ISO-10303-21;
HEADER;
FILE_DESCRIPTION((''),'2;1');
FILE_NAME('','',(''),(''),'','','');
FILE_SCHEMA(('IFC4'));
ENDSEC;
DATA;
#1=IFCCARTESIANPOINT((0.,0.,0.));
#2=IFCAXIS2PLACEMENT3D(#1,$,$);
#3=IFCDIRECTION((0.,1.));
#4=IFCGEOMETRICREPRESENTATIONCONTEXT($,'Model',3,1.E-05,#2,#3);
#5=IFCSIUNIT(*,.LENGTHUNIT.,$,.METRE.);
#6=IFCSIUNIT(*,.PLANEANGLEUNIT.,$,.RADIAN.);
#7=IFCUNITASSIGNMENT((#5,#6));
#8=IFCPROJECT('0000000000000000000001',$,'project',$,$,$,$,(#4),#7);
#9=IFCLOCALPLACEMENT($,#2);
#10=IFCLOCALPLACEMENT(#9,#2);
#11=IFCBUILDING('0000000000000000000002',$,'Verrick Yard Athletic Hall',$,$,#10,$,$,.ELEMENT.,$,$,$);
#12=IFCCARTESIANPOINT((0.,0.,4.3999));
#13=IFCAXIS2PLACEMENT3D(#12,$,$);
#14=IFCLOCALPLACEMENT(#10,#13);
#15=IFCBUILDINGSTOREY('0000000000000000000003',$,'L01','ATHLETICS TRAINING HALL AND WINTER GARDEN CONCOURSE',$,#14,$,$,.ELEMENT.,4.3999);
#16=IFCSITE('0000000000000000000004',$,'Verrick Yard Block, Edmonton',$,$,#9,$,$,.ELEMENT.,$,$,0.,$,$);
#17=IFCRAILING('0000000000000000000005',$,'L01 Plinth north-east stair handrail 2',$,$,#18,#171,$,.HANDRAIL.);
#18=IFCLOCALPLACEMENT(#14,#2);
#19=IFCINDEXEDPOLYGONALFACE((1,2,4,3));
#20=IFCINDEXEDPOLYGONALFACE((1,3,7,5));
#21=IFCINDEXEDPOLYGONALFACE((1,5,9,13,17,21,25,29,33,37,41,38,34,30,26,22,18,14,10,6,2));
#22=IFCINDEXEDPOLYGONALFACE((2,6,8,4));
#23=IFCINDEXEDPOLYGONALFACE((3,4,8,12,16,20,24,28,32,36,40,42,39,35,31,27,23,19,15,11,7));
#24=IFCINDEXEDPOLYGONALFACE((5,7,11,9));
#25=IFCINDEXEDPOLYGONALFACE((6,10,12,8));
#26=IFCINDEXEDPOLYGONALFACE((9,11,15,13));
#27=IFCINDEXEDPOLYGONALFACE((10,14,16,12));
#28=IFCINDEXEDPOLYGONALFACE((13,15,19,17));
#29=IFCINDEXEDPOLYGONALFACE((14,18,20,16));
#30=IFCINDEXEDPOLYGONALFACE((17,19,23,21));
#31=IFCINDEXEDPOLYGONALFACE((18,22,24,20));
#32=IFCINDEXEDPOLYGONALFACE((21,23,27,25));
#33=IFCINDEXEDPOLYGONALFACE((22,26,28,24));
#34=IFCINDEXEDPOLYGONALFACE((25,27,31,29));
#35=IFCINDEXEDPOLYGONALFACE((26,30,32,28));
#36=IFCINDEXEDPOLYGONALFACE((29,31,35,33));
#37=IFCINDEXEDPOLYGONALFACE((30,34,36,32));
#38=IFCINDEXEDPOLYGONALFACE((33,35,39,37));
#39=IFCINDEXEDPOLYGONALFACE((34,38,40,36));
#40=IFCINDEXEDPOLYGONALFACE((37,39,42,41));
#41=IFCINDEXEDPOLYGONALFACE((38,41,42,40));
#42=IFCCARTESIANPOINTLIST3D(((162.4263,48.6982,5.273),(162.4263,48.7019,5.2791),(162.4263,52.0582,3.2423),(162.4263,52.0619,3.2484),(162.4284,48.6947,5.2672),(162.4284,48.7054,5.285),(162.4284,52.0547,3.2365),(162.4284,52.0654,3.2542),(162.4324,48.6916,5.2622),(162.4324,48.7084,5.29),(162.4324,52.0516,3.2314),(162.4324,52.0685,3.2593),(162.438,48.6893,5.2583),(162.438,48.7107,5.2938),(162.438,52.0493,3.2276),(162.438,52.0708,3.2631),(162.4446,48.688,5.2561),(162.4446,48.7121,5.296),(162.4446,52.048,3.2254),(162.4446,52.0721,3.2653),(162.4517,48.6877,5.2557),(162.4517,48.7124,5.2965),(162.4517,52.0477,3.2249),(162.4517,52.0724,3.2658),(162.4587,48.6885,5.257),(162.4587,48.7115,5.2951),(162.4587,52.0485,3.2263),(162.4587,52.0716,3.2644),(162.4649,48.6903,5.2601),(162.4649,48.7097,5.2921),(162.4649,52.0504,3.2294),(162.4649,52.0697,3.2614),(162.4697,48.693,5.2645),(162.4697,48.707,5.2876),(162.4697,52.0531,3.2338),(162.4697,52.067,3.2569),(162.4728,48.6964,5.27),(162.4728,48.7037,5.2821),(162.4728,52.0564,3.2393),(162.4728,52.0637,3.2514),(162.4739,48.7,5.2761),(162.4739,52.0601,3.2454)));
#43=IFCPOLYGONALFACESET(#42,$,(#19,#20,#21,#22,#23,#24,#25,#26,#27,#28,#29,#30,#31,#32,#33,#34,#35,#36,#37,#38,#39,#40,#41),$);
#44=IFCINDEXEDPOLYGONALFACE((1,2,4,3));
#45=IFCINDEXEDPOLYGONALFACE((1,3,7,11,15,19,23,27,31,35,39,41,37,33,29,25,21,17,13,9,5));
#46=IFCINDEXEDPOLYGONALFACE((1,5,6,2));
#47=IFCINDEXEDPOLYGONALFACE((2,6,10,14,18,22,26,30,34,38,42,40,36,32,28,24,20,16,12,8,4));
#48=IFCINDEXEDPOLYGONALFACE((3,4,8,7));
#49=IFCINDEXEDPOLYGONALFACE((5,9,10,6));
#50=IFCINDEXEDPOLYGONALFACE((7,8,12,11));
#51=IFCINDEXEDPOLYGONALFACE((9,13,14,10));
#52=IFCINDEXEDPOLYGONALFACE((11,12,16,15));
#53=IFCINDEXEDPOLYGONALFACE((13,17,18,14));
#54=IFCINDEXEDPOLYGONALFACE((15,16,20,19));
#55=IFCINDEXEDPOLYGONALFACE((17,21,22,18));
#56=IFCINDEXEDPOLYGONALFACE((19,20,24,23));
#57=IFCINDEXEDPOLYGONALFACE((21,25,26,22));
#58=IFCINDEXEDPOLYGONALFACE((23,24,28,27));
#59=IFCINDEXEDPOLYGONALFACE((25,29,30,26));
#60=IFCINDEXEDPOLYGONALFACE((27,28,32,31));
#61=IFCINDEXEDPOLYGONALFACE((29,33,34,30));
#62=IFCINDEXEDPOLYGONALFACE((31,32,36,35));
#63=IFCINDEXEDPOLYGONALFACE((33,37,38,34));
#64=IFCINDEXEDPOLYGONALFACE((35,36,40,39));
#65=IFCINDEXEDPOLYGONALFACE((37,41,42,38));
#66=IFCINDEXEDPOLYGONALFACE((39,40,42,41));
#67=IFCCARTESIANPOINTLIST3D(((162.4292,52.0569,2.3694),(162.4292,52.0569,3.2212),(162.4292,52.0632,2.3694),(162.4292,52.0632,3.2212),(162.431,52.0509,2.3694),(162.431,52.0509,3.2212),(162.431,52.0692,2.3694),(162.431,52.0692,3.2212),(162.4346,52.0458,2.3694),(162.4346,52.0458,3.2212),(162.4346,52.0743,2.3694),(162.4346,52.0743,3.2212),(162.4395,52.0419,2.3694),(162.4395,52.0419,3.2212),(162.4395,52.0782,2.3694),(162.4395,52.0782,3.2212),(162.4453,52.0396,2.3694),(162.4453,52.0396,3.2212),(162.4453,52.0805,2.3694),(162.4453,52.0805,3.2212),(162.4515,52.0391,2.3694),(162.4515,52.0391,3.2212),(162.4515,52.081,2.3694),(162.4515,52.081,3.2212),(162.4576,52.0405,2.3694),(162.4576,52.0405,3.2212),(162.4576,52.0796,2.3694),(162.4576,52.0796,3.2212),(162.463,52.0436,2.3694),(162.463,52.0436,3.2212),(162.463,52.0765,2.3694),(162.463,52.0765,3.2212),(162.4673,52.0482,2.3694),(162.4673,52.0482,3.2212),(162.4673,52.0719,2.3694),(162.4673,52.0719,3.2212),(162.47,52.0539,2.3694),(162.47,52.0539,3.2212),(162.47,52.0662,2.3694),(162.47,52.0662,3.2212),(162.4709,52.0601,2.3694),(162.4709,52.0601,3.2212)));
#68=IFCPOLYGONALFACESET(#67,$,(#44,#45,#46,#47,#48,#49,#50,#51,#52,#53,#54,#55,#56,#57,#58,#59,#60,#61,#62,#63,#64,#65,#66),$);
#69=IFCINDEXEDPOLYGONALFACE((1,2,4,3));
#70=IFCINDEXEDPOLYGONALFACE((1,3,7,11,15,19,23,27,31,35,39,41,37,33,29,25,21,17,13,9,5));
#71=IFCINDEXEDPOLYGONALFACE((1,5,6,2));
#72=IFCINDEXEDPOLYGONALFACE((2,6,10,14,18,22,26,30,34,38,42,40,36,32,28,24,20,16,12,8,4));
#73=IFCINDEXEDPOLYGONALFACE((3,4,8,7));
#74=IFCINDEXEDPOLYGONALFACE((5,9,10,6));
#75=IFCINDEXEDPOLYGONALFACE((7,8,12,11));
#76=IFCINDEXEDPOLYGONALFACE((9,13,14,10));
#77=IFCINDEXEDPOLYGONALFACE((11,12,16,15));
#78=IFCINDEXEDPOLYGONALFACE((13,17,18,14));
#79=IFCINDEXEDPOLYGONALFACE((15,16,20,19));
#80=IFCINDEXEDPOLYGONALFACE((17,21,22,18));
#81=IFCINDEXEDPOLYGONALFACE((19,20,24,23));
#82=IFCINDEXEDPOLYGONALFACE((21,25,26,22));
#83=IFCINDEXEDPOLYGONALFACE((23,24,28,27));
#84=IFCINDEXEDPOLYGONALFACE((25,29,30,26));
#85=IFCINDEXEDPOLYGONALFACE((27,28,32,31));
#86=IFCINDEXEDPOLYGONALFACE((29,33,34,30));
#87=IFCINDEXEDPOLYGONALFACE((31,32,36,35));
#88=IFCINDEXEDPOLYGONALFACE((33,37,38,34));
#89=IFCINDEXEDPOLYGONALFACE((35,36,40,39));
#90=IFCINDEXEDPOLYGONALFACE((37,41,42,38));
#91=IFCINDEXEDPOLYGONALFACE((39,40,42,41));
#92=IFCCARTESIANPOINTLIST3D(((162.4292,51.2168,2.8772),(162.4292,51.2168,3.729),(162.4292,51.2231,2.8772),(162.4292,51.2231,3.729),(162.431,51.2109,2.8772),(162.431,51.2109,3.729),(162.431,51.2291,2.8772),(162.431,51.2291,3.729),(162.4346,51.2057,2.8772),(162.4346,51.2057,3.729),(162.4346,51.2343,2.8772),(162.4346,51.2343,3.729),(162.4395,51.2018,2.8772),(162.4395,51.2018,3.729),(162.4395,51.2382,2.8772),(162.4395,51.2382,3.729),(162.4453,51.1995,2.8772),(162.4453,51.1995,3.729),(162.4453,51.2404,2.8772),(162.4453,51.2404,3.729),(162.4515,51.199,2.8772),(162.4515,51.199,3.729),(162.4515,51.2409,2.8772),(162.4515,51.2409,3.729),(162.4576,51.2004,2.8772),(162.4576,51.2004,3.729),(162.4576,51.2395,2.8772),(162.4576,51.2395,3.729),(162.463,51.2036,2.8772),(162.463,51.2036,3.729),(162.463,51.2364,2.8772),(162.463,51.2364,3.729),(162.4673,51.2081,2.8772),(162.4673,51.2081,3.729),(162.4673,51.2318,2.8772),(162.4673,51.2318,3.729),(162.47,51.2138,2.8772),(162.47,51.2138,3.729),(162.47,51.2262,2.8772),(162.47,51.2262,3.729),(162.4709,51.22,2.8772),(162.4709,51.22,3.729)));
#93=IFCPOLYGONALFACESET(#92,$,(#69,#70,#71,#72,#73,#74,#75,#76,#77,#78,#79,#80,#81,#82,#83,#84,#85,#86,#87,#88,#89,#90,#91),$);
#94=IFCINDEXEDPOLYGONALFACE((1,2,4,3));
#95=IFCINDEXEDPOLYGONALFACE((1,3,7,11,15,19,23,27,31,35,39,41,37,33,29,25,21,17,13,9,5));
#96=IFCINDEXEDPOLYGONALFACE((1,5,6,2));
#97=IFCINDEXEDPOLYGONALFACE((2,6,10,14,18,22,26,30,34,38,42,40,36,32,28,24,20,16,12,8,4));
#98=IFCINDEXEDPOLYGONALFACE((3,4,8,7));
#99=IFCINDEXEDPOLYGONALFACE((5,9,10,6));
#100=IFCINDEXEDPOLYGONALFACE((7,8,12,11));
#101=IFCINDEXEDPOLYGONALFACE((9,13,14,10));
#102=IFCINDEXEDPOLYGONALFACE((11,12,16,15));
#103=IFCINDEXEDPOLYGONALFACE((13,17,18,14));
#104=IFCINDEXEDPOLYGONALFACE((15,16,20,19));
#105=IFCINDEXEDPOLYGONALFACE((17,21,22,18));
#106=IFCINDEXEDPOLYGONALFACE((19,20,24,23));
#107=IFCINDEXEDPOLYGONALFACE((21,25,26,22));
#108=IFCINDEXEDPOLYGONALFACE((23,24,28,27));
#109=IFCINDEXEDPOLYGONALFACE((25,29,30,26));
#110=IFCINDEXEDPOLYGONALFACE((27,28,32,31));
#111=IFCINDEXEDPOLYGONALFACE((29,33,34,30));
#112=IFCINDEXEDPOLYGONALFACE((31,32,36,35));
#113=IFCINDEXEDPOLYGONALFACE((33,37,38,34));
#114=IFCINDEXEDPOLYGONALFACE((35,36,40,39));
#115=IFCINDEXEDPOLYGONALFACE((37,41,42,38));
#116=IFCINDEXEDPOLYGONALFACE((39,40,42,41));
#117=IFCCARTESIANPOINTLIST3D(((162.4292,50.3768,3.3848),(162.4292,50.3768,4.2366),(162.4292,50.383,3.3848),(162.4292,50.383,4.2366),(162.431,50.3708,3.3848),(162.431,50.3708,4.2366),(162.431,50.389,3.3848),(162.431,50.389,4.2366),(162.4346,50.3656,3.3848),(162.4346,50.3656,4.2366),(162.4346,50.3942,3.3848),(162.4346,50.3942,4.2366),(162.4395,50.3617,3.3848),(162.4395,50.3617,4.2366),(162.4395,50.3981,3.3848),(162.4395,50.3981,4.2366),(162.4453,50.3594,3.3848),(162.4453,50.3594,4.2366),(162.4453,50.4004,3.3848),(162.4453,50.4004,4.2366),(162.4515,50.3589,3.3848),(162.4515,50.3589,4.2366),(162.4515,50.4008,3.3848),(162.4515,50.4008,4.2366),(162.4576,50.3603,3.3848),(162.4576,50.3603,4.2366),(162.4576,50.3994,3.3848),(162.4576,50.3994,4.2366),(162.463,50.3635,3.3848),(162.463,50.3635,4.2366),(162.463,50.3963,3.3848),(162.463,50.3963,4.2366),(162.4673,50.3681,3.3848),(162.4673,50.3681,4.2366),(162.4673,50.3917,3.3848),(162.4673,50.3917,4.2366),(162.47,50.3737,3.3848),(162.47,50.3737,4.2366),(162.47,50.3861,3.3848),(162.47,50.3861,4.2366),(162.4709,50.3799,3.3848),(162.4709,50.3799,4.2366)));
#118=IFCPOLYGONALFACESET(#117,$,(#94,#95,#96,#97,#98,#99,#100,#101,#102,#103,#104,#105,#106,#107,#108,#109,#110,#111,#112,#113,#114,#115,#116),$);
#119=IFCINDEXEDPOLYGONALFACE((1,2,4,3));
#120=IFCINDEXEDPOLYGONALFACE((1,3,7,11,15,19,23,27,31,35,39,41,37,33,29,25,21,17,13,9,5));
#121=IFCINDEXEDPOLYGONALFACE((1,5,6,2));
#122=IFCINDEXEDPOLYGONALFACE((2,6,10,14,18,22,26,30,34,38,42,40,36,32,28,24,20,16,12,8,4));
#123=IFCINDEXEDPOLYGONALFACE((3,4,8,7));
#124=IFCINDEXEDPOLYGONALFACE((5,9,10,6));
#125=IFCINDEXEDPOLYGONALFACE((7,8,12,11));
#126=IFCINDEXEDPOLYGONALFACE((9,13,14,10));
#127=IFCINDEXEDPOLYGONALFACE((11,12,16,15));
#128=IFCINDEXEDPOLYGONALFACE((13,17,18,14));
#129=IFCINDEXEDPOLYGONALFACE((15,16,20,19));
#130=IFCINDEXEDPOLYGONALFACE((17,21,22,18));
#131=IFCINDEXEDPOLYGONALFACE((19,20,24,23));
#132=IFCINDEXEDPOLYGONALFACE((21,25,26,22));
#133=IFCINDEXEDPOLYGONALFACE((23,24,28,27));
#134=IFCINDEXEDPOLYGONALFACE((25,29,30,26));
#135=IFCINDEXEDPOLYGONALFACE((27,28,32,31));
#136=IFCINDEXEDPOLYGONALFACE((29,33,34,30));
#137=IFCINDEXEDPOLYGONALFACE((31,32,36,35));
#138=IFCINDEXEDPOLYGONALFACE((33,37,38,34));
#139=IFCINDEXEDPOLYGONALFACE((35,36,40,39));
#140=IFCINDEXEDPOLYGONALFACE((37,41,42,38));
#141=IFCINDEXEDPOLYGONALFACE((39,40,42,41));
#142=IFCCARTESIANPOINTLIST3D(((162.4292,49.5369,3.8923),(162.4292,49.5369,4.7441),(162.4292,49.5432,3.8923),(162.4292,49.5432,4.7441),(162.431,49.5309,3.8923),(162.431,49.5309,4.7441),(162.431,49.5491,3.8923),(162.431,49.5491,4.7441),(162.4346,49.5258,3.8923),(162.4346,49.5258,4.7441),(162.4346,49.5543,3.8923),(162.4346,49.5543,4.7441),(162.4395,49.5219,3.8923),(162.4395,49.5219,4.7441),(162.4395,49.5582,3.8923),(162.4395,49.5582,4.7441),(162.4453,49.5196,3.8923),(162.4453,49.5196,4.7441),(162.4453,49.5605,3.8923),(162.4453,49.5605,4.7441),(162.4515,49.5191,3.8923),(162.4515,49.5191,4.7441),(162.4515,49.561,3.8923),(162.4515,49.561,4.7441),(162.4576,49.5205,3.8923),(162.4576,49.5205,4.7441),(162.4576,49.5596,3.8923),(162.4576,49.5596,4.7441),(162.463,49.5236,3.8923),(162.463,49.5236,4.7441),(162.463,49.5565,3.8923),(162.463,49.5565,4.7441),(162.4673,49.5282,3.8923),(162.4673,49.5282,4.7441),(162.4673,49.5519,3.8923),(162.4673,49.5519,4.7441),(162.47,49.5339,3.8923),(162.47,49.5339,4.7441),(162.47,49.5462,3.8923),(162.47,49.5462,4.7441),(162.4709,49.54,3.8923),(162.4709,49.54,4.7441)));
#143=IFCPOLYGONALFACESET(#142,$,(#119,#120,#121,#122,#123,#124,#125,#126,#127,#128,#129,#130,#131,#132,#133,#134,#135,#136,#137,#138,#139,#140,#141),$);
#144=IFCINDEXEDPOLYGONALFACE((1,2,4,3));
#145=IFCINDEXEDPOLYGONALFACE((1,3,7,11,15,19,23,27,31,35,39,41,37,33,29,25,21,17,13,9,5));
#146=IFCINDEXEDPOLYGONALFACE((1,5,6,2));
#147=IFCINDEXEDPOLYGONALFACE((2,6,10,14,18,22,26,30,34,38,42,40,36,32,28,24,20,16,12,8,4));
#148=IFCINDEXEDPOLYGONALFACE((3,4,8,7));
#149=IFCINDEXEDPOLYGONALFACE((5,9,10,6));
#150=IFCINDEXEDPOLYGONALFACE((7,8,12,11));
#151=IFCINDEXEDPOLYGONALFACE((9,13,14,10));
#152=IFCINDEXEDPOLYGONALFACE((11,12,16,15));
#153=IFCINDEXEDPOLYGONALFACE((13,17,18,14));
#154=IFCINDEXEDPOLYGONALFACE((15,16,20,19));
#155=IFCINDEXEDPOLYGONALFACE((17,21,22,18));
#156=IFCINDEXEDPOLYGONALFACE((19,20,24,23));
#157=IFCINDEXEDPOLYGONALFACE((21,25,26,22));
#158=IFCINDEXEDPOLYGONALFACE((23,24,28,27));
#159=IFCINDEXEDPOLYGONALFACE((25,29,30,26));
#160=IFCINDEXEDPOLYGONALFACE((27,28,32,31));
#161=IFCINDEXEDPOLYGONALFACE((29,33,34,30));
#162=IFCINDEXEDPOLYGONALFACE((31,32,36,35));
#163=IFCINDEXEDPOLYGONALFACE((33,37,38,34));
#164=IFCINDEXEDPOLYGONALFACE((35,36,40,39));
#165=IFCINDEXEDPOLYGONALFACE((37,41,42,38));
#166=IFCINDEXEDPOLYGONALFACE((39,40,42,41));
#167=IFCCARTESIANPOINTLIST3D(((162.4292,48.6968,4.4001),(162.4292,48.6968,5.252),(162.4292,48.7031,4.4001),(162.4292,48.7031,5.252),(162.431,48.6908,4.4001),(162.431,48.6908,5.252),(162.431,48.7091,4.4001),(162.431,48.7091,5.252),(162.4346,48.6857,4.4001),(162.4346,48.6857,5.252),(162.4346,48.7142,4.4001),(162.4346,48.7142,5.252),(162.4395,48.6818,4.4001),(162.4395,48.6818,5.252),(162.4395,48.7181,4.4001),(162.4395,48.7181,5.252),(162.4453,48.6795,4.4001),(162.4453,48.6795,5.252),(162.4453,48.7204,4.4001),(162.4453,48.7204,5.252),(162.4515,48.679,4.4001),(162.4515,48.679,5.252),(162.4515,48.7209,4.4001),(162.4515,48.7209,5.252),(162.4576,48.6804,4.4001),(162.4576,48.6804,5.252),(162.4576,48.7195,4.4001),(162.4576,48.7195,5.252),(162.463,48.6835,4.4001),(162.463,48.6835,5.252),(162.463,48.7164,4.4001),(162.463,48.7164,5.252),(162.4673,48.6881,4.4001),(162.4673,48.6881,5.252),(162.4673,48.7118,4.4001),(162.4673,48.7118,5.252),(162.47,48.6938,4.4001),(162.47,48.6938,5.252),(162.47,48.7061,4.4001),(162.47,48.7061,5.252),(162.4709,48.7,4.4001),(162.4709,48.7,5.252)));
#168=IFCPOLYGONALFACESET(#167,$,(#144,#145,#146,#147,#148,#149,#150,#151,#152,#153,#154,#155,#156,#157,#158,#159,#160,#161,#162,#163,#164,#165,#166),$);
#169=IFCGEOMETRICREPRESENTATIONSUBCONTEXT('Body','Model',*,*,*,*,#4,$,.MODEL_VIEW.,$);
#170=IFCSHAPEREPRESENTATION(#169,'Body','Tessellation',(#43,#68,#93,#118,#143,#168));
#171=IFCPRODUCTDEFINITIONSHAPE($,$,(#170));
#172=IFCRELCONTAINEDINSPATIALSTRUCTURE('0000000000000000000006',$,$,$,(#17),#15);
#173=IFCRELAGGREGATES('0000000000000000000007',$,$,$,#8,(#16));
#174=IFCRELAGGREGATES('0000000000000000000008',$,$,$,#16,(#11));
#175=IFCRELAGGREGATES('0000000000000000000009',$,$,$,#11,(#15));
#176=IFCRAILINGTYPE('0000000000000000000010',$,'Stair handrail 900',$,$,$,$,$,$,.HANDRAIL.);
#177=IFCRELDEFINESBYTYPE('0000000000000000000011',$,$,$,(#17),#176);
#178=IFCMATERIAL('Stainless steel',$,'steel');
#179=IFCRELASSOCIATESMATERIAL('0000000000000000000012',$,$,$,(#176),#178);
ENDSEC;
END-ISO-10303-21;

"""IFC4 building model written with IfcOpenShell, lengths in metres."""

from ifc_helpers import new_model, si_unit, direction, frame, origin, origin_2d, place, context, subcontext, project, spatial, circle, extrude, material, type_object, element, save


model = new_model("IFC4")

# Units and contexts
model_context = context("Model", 3, precision=1e-05, world=origin(), true_north=direction((0.0, 1.0)))
body_context = subcontext(model_context, "Body", "Model", "MODEL_VIEW")
ifc_project = project(units=[si_unit("LENGTHUNIT", "METRE"), si_unit("PLANEANGLEUNIT", "RADIAN")], contexts=[model_context])

# Site, building, storey
site_placement = place(None, origin())
site = spatial("IfcSite", under=ifc_project, at=site_placement, Name="Verrick Yard Block, Edmonton", CompositionType="ELEMENT", RefElevation=0.0)
building_placement = place(site_placement, origin())
building = spatial("IfcBuilding", under=site, at=building_placement, Name="Verrick Yard Athletic Hall", CompositionType="ELEMENT")
storey_placement = place(building_placement, frame((0.0, 0.0, 4.3999)))
storey = spatial("IfcBuildingStorey", under=building, at=storey_placement, Name="L01", Description="ATHLETICS TRAINING HALL AND WINTER GARDEN CONCOURSE", CompositionType="ELEMENT", Elevation=4.3999)

# Railing
ifc_material_1 = material(Name="Stainless steel", Category="steel")
railing_type_1 = type_object("IfcRailingType", Name="Stair handrail 900", PredefinedType="HANDRAIL", material=ifc_material_1)
railing_1_placement = place(storey_placement, frame((162.45, 52.0601, 2.3694)))
element("IfcRailing", 1, at=railing_1_placement, inside=storey, type_object=railing_type_1, Name="L01 Plinth north-east stair handrail 2", PredefinedType="HANDRAIL", context=body_context, shape_type="SweptSolid", body=[
    extrude(circle(Radius=0.0239, at=origin_2d()), frame((0.0, 0.0, 0.876), z_axis=(0.0, -0.855837, 0.517246), x_axis=(1.0, 0.0, 0.0)), (0.0, 0.0, 1.0), 3.926),
    extrude(circle(Radius=0.021, at=origin_2d()), origin(), (0.0, 0.0, 1.0), 0.8518),
    extrude(circle(Radius=0.021, at=origin_2d()), frame((0.0, -0.8401, 0.5078)), (0.0, 0.0, 1.0), 0.8518),
    extrude(circle(Radius=0.021, at=origin_2d()), frame((0.0, -1.6802, 1.0154)), (0.0, 0.0, 1.0), 0.8518),
    extrude(circle(Radius=0.021, at=origin_2d()), frame((0.0, -2.52, 1.5229)), (0.0, 0.0, 1.0), 0.8518),
    extrude(circle(Radius=0.021, at=origin_2d()), frame((0.0, -3.3601, 2.0308)), (0.0, 0.0, 1.0), 0.8518),
])

save(model, "model.ifc")
